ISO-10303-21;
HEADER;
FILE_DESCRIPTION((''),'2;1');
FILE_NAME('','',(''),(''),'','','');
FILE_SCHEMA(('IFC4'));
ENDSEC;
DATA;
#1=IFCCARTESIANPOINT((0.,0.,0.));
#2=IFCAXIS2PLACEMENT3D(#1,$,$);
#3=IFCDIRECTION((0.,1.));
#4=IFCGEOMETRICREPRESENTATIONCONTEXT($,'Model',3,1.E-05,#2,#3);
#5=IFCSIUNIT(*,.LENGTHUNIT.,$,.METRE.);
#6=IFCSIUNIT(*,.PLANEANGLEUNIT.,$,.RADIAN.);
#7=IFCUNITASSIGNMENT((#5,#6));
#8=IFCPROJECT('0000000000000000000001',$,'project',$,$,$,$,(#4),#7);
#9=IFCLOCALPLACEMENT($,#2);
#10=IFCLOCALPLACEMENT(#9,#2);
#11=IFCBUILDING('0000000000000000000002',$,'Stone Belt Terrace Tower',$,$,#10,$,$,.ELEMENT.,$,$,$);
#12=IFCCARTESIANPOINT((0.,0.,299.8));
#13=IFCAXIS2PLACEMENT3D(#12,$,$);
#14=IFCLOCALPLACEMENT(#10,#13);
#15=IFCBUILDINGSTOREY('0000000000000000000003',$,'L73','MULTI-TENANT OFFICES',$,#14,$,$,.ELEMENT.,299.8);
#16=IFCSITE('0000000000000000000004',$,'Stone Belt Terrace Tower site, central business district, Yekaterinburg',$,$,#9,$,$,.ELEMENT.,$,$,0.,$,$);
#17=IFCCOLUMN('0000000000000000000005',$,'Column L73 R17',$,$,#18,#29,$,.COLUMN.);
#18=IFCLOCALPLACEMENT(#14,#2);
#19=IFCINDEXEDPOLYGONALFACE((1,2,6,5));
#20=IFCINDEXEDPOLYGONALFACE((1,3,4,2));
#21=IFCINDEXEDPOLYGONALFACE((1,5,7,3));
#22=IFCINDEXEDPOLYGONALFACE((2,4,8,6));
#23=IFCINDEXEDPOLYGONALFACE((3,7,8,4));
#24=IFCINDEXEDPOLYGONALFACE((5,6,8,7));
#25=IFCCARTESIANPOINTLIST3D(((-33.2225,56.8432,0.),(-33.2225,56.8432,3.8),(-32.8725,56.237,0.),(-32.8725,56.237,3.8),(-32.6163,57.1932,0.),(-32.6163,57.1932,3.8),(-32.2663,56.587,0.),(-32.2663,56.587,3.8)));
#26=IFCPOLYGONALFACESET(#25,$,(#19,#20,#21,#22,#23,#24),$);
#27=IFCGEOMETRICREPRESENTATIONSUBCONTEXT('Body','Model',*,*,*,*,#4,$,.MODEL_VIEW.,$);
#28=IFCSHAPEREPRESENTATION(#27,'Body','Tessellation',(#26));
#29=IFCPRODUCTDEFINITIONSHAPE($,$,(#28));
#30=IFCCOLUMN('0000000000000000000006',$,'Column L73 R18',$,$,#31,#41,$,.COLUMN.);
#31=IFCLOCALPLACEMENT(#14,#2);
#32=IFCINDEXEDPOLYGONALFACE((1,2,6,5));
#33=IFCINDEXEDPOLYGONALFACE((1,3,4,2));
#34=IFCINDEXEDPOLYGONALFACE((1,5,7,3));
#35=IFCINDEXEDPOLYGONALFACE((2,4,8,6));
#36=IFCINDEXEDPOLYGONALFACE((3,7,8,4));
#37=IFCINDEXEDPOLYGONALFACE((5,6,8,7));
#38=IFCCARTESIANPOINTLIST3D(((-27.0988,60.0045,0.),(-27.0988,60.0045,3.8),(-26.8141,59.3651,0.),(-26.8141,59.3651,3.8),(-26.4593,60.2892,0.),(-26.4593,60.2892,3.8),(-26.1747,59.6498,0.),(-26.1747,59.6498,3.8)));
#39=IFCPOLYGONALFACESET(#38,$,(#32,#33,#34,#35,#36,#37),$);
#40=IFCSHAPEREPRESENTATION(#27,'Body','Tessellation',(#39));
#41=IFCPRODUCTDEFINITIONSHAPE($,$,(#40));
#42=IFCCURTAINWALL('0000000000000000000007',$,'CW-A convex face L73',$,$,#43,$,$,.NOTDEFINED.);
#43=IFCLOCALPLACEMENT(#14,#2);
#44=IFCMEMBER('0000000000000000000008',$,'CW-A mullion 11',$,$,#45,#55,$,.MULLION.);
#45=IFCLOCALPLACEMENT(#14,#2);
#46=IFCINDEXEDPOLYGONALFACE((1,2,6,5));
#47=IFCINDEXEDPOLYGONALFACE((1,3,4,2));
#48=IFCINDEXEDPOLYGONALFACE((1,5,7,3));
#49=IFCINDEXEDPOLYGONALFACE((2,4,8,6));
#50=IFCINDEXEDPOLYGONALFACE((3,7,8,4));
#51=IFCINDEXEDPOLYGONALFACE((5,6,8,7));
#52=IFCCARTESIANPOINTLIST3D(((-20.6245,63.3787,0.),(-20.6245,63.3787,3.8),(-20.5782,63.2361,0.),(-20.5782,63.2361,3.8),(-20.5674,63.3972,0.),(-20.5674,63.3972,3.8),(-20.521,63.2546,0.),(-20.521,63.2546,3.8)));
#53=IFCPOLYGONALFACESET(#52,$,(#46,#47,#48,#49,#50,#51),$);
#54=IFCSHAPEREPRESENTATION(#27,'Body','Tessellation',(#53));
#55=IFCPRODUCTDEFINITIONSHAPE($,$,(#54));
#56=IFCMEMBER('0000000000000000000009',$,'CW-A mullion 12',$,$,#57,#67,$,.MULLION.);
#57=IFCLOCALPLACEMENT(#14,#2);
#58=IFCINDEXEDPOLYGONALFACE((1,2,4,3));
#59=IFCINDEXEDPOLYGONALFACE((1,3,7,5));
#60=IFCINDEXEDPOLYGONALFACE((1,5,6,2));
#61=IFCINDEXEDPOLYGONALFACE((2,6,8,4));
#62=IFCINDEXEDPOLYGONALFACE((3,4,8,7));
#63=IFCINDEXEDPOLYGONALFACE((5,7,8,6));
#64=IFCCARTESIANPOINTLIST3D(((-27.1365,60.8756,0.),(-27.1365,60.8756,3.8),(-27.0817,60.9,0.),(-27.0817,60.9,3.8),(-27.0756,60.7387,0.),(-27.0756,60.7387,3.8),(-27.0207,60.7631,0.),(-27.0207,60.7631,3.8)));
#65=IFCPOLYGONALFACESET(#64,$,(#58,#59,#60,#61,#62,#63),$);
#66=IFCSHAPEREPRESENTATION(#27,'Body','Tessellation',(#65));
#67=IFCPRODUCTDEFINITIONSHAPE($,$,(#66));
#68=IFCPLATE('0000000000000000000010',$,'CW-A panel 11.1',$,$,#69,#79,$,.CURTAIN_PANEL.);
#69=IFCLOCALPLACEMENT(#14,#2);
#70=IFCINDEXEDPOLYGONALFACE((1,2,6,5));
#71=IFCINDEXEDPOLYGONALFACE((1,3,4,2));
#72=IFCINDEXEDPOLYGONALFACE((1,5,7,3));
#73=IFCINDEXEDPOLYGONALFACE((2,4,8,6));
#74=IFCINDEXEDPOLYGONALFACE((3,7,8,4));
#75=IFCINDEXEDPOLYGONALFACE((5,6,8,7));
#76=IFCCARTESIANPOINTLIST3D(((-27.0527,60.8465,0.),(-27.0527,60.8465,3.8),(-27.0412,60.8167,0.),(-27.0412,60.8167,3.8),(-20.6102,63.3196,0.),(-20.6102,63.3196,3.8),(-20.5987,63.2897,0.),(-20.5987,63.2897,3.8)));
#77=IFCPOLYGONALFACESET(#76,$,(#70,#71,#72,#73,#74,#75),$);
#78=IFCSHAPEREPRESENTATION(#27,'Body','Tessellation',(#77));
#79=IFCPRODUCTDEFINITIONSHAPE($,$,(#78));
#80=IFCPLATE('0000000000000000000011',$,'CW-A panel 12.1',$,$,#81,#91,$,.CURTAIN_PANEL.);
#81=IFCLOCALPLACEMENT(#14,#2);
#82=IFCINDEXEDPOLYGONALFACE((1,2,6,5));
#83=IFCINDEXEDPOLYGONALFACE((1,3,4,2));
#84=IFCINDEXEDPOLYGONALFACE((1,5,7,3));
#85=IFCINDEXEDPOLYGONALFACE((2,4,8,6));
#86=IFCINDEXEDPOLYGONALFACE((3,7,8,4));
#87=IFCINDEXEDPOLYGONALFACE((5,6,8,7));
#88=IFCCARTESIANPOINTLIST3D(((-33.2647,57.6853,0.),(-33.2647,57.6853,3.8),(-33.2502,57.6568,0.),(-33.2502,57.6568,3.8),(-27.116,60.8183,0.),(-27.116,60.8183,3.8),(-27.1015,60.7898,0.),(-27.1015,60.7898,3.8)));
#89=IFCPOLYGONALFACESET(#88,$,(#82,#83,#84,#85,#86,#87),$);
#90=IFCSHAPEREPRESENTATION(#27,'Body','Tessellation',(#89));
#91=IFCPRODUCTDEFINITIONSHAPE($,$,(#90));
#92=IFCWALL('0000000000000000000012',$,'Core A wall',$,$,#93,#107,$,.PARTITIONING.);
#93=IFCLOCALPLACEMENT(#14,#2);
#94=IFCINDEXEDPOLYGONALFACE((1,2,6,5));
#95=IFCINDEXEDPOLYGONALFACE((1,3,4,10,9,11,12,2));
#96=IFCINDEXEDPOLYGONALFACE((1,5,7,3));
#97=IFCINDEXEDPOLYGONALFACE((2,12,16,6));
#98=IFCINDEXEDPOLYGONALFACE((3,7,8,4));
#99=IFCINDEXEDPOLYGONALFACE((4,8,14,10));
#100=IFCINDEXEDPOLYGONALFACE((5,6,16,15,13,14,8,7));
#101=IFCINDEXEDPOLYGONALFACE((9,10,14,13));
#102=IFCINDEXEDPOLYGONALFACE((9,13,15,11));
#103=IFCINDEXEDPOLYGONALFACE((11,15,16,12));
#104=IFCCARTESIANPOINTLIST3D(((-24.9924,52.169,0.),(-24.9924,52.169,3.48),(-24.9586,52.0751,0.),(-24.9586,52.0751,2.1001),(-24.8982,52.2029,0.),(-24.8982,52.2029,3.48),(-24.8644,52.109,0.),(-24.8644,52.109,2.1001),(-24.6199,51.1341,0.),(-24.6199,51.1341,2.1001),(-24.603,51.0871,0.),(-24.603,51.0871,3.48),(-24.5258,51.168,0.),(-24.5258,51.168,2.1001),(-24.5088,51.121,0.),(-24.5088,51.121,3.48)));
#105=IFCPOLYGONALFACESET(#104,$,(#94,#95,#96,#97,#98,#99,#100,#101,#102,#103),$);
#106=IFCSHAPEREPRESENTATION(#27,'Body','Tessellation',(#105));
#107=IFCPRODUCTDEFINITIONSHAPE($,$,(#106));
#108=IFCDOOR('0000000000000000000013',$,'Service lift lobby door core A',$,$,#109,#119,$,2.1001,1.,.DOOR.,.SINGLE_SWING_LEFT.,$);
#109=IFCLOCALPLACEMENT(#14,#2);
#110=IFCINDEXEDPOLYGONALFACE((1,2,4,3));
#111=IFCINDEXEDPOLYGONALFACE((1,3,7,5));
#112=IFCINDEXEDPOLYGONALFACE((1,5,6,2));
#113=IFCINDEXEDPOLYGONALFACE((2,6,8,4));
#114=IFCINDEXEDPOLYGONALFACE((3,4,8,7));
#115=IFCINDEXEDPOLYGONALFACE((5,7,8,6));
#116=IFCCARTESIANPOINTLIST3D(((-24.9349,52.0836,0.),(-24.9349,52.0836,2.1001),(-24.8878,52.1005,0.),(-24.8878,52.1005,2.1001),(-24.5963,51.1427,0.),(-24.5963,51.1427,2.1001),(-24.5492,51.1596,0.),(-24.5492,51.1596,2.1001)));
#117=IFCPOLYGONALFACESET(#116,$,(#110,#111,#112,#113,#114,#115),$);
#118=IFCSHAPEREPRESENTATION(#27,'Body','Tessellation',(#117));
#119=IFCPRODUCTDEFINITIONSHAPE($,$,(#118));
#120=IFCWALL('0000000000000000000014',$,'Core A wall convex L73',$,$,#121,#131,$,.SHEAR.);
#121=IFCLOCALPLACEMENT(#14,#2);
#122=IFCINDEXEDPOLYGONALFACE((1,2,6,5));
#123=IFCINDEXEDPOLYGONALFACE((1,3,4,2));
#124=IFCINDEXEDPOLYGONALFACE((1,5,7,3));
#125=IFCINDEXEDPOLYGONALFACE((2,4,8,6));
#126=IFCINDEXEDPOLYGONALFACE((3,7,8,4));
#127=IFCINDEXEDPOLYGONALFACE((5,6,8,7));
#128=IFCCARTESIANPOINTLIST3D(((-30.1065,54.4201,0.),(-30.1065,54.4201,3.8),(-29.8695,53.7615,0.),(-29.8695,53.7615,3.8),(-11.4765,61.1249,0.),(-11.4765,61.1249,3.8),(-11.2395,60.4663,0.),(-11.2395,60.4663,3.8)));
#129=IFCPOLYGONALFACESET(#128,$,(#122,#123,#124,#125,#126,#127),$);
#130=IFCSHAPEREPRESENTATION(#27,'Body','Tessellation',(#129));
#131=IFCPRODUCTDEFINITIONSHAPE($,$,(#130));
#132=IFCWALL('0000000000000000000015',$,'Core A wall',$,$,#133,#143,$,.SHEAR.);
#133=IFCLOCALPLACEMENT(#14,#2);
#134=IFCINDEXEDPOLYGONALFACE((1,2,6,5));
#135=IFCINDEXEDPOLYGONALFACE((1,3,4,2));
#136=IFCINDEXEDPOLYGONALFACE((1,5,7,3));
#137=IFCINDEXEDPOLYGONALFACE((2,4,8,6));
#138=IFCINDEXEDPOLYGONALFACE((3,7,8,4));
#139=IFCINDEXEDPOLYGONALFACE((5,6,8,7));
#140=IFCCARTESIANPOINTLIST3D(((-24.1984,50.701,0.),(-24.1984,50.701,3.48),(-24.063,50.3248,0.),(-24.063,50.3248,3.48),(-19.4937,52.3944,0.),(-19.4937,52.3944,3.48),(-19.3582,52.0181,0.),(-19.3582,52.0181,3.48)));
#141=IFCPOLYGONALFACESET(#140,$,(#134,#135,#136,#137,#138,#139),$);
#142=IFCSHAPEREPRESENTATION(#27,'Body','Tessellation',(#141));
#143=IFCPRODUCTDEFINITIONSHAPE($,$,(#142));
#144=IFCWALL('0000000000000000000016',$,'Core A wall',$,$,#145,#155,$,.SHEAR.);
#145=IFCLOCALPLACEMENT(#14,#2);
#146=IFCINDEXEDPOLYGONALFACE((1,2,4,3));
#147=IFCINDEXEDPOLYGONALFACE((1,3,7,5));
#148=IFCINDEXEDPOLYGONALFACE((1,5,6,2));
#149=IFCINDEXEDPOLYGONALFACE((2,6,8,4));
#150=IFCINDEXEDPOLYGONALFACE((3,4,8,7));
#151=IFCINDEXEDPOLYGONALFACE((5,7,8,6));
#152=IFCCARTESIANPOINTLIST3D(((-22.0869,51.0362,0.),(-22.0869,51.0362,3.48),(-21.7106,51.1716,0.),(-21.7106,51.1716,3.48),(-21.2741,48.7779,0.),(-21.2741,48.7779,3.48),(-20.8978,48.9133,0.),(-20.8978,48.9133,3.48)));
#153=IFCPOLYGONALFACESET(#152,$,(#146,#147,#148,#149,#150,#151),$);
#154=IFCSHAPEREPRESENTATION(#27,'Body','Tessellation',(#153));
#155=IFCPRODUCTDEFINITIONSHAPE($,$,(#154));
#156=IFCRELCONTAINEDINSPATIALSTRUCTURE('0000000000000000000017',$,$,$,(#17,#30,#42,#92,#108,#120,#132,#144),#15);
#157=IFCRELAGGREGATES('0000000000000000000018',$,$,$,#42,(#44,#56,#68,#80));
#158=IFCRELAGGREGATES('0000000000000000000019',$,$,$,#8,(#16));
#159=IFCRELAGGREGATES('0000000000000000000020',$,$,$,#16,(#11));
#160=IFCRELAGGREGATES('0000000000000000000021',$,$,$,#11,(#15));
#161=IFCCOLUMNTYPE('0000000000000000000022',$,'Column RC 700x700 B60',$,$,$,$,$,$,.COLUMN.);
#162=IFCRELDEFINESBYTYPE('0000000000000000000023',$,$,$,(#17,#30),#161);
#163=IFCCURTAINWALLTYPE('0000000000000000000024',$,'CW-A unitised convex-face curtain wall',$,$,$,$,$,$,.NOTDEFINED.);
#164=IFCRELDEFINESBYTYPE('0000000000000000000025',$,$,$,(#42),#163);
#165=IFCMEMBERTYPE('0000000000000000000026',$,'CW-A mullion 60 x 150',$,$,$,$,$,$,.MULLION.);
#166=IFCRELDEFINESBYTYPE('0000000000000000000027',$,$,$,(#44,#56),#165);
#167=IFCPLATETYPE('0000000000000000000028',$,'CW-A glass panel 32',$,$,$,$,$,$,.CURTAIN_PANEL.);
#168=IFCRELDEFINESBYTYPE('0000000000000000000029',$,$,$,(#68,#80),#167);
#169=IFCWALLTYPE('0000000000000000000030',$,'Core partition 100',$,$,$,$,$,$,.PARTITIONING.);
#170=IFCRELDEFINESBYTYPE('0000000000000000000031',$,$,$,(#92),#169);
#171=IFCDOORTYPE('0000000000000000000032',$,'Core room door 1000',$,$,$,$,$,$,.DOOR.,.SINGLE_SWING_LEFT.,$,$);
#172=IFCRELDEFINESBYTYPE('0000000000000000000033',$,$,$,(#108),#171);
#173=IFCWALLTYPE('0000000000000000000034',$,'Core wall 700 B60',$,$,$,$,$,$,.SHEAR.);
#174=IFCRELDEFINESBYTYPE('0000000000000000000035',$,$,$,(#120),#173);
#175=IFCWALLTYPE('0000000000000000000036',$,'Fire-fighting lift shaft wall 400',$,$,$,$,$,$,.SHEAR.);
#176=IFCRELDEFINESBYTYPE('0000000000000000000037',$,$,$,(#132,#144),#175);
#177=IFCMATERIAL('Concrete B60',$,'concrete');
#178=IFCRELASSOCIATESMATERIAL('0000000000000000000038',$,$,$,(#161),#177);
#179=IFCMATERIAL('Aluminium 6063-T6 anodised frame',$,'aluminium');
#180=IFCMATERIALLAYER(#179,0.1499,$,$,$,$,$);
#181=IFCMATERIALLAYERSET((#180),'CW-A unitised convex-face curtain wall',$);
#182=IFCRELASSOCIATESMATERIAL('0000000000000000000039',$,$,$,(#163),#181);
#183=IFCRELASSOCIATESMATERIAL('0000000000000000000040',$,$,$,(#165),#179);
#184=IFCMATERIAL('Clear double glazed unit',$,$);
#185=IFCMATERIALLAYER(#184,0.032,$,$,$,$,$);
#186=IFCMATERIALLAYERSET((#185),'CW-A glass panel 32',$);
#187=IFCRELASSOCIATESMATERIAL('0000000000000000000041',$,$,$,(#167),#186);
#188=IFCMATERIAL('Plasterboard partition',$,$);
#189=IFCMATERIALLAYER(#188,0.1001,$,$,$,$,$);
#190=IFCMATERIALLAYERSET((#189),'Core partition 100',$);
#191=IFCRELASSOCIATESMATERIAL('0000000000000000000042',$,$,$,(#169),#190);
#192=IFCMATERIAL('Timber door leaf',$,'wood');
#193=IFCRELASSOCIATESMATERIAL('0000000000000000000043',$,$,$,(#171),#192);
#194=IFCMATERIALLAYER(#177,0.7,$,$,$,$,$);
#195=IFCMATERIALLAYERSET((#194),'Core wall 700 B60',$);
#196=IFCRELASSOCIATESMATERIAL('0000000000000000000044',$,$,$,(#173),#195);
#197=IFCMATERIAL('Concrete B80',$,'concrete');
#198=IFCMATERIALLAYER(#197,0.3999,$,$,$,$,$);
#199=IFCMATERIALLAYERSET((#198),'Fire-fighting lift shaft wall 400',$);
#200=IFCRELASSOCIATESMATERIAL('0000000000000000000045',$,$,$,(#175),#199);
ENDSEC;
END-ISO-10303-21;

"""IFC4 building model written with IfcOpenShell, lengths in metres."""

from ifc_helpers import new_model, si_unit, direction, frame, frame_2d, origin, origin_2d, place, context, subcontext, project, spatial, rectangle, extrude, material, layer, layer_set, material_profile, profile_set, type_object, element, fill, aggregate, save


model = new_model("IFC4")

# Units and contexts
model_context = context("Model", 3, precision=1e-05, world=origin(), true_north=direction((0.0, 1.0)))
body_context = subcontext(model_context, "Body", "Model", "MODEL_VIEW")
ifc_project = project(units=[si_unit("LENGTHUNIT", "METRE"), si_unit("PLANEANGLEUNIT", "RADIAN")], contexts=[model_context])

# Site, building, storey
site_placement = place(None, origin())
site = spatial("IfcSite", under=ifc_project, at=site_placement, Name="Stone Belt Terrace Tower site, central business district, Yekaterinburg", CompositionType="ELEMENT", RefElevation=0.0)
building_placement = place(site_placement, origin())
building = spatial("IfcBuilding", under=site, at=building_placement, Name="Stone Belt Terrace Tower", CompositionType="ELEMENT")
storey_placement = place(building_placement, frame((0.0, 0.0, 299.8)))
storey = spatial("IfcBuildingStorey", under=building, at=storey_placement, Name="L73", Description="MULTI-TENANT OFFICES", CompositionType="ELEMENT", Elevation=299.8)

# Columns
ifc_material_1 = material(Name="Concrete B60", Category="concrete")
ifc_material_profile_1 = material_profile(ifc_material_1, rectangle(XDim=0.7, YDim=0.7, at=origin_2d()), Name="RC 700x700")
ifc_profile_set_1 = profile_set([ifc_material_profile_1], Name="Concrete B60")
column_type = type_object("IfcColumnType", Name="Column RC 700x700 B60", PredefinedType="COLUMN", material=ifc_profile_set_1)
for number, where, z_axis, x_axis, name in (
    (1, (-32.7444, 56.7151, 0.0), (0.0, 0.0, 1.0), (0.866025, 0.5, 0.0), "Column L73 R17"),
    (2, (-26.6367, 59.8271, 0.0), (0.0, 0.0, 1.0), (0.913545, 0.406737, 0.0), "Column L73 R18"),
):
    element("IfcColumn", number, at=place(storey_placement, frame(where, z_axis=z_axis, x_axis=x_axis)), inside=storey, type_object=column_type, Name=name, PredefinedType="COLUMN", context=body_context, shape_type="SweptSolid", body=[
        extrude(rectangle(XDim=0.7, YDim=0.7, at=origin_2d()), origin(), (0.0, 0.0, 1.0), 3.8),
    ])

# Curtain wall, members, plates
ifc_material_2 = material(Name="Aluminium 6063-T6 anodised frame", Category="aluminium")
ifc_layer_1 = layer(ifc_material_2, 0.1499)
ifc_layer_set_1 = layer_set([ifc_layer_1], Name="CW-A unitised convex-face curtain wall")
curtain_wall_type = type_object("IfcCurtainWallType", Name="CW-A unitised convex-face curtain wall", PredefinedType="NOTDEFINED", material=ifc_layer_set_1)
curtain_wall_placement = place(storey_placement, origin())
curtain_wall = element("IfcCurtainWall", 3, at=curtain_wall_placement, inside=storey, type_object=curtain_wall_type, Name="CW-A convex face L73", PredefinedType="NOTDEFINED")
ifc_material_profile_2 = material_profile(ifc_material_2, rectangle(XDim=0.1499, YDim=0.0601, at=origin_2d()), Name="Aluminium 6063-T6 60x150")
ifc_profile_set_2 = profile_set([ifc_material_profile_2], Name="Aluminium 6063-T6 anodised frame")
member_type = type_object("IfcMemberType", Name="CW-A mullion 60 x 150", PredefinedType="MULLION", material=ifc_profile_set_2)
member_1_placement = place(storey_placement, frame((-20.5728, 63.3167, 0.0), z_axis=(0.0, 0.0, 1.0), x_axis=(0.309017, -0.951057, 0.0)))
member_1 = element("IfcMember", 4, at=member_1_placement, type_object=member_type, Name="CW-A mullion 11", PredefinedType="MULLION", context=body_context, shape_type="SweptSolid", body=[
    extrude(rectangle(XDim=0.1499, YDim=0.0601, at=origin_2d()), origin(), (0.0, 0.0, 1.0), 3.8),
])
member_2_placement = place(storey_placement, frame((-27.0786, 60.8193, 0.0), z_axis=(0.0, 0.0, 1.0), x_axis=(0.406737, -0.913545, 0.0)))
member_2 = element("IfcMember", 5, at=member_2_placement, type_object=member_type, Name="CW-A mullion 12", PredefinedType="MULLION", context=body_context, shape_type="SweptSolid", body=[
    extrude(rectangle(XDim=0.1499, YDim=0.0601, at=origin_2d()), origin(), (0.0, 0.0, 1.0), 3.8),
])
ifc_material_3 = material(Name="Clear double glazed unit")
ifc_layer_2 = layer(ifc_material_3, 0.032)
ifc_layer_set_2 = layer_set([ifc_layer_2], Name="CW-A glass panel 32")
plate_type = type_object("IfcPlateType", Name="CW-A glass panel 32", PredefinedType="CURTAIN_PANEL", material=ifc_layer_set_2)
plate_1_placement = place(storey_placement, frame((-23.8257, 62.0681, 0.0), z_axis=(0.0, 0.0, 1.0), x_axis=(-0.93358, -0.358368, 0.0)))
plate_1 = element("IfcPlate", 6, at=plate_1_placement, type_object=plate_type, Name="CW-A panel 11.1", PredefinedType="CURTAIN_PANEL", context=body_context, shape_type="SweptSolid", body=[
    extrude(rectangle(XDim=6.9009, YDim=0.032, at=origin_2d()), origin(), (0.0, 0.0, 1.0), 3.8),
])
plate_2_placement = place(storey_placement, frame((-30.1831, 59.2375, 0.0), z_axis=(0.0, 0.0, 1.0), x_axis=(-0.891007, -0.45399, 0.0)))
plate_2 = element("IfcPlate", 7, at=plate_2_placement, type_object=plate_type, Name="CW-A panel 12.1", PredefinedType="CURTAIN_PANEL", context=body_context, shape_type="SweptSolid", body=[
    extrude(rectangle(XDim=6.9009, YDim=0.032, at=origin_2d()), origin(), (0.0, 0.0, 1.0), 3.8),
])
aggregate(curtain_wall, [member_1, member_2, plate_1, plate_2])

# Wall, opening, door
ifc_material_4 = material(Name="Plasterboard partition")
ifc_layer_3 = layer(ifc_material_4, 0.1001)
ifc_layer_set_3 = layer_set([ifc_layer_3], Name="Core partition 100")
wall_type_1 = type_object("IfcWallType", Name="Core partition 100", PredefinedType="PARTITIONING", material=ifc_layer_set_3)
wall_1_placement = place(storey_placement, frame((-24.5559, 51.104, 0.0), z_axis=(0.0, 0.0, 1.0), x_axis=(-0.338622, 0.940923, 0.0)))
wall_1 = element("IfcWall", 8, at=wall_1_placement, inside=storey, type_object=wall_type_1, Name="Core A wall", PredefinedType="PARTITIONING", context=body_context, shape_type="SweptSolid", body=[
    extrude(rectangle(XDim=1.1499, YDim=0.1001, at=frame_2d((0.575, 0.0))), origin(), (0.0, 0.0, 1.0), 3.48),
])
opening_1_placement = place(wall_1_placement, frame((0.05, 0.0, 0.0)))
opening_1 = element("IfcOpeningElement", 9, at=opening_1_placement, cuts=wall_1, PredefinedType="OPENING", context=body_context, shape_type="SweptSolid", body=[
    extrude(rectangle(XDim=1.0, YDim=2.1001, at=frame_2d((0.5, 1.05))), frame((0.0, 0.0601, 0.0), z_axis=(0.0, -1.0, 0.0), x_axis=(1.0, 0.0, 0.0)), (0.0, 0.0, 1.0), 0.1201),
])
ifc_material_5 = material(Name="Timber door leaf", Category="wood")
door_type_1 = type_object("IfcDoorType", Name="Core room door 1000", OperationType="SINGLE_SWING_LEFT", PredefinedType="DOOR", material=ifc_material_5)
door_1_placement = place(opening_1_placement, origin())
door_1 = element("IfcDoor", 10, at=door_1_placement, inside=storey, type_object=door_type_1, Name="Service lift lobby door core A", OperationType="SINGLE_SWING_LEFT", OverallHeight=2.1001, OverallWidth=1.0, PredefinedType="DOOR", context=body_context, shape_type="SweptSolid", body=[
    extrude(rectangle(XDim=1.0, YDim=2.1001, at=frame_2d((0.5, 1.05))), frame((0.0, 0.0249, 0.0), z_axis=(0.0, -1.0, 0.0), x_axis=(1.0, 0.0, 0.0)), (0.0, 0.0, 1.0), 0.05),
])
fill(opening_1, door_1)

# Walls
ifc_layer_4 = layer(ifc_material_1, 0.7)
ifc_layer_set_4 = layer_set([ifc_layer_4], Name="Core wall 700 B60")
wall_type_2 = type_object("IfcWallType", Name="Core wall 700 B60", PredefinedType="SHEAR", material=ifc_layer_set_4)
wall_2_placement = place(storey_placement, frame((-29.988, 54.0908, 0.0), z_axis=(0.0, 0.0, 1.0), x_axis=(0.94092, 0.33863, 0.0)))
element("IfcWall", 11, at=wall_2_placement, inside=storey, type_object=wall_type_2, Name="Core A wall convex L73", PredefinedType="SHEAR", context=body_context, shape_type="SweptSolid", body=[
    extrude(rectangle(XDim=19.7998, YDim=0.7, at=frame_2d((9.8999, 0.0))), origin(), (0.0, 0.0, 1.0), 3.8),
])
ifc_material_6 = material(Name="Concrete B80", Category="concrete")
ifc_layer_5 = layer(ifc_material_6, 0.3999)
ifc_layer_set_5 = layer_set([ifc_layer_5], Name="Fire-fighting lift shaft wall 400")
wall_type_3 = type_object("IfcWallType", Name="Fire-fighting lift shaft wall 400", PredefinedType="SHEAR", material=ifc_layer_set_5)
wall_3_placement = place(storey_placement, frame((-24.1306, 50.5129, 0.0), z_axis=(0.0, 0.0, 1.0), x_axis=(0.940912, 0.338652, 0.0)))
element("IfcWall", 12, at=wall_3_placement, inside=storey, type_object=wall_type_3, Name="Core A wall", PredefinedType="SHEAR", context=body_context, shape_type="SweptSolid", body=[
    extrude(rectangle(XDim=5.0002, YDim=0.3999, at=frame_2d((2.5, 0.0))), origin(), (0.0, 0.0, 1.0), 3.48),
])
wall_4_placement = place(storey_placement, frame((-21.0859, 48.8455, 0.0), z_axis=(0.0, 0.0, 1.0), x_axis=(-0.338629, 0.94092, 0.0)))
element("IfcWall", 13, at=wall_4_placement, inside=storey, type_object=wall_type_3, Name="Core A wall", PredefinedType="SHEAR", context=body_context, shape_type="SweptSolid", body=[
    extrude(rectangle(XDim=2.4001, YDim=0.3999, at=frame_2d((1.2002, 0.0))), origin(), (0.0, 0.0, 1.0), 3.48),
])

save(model, "model.ifc")
